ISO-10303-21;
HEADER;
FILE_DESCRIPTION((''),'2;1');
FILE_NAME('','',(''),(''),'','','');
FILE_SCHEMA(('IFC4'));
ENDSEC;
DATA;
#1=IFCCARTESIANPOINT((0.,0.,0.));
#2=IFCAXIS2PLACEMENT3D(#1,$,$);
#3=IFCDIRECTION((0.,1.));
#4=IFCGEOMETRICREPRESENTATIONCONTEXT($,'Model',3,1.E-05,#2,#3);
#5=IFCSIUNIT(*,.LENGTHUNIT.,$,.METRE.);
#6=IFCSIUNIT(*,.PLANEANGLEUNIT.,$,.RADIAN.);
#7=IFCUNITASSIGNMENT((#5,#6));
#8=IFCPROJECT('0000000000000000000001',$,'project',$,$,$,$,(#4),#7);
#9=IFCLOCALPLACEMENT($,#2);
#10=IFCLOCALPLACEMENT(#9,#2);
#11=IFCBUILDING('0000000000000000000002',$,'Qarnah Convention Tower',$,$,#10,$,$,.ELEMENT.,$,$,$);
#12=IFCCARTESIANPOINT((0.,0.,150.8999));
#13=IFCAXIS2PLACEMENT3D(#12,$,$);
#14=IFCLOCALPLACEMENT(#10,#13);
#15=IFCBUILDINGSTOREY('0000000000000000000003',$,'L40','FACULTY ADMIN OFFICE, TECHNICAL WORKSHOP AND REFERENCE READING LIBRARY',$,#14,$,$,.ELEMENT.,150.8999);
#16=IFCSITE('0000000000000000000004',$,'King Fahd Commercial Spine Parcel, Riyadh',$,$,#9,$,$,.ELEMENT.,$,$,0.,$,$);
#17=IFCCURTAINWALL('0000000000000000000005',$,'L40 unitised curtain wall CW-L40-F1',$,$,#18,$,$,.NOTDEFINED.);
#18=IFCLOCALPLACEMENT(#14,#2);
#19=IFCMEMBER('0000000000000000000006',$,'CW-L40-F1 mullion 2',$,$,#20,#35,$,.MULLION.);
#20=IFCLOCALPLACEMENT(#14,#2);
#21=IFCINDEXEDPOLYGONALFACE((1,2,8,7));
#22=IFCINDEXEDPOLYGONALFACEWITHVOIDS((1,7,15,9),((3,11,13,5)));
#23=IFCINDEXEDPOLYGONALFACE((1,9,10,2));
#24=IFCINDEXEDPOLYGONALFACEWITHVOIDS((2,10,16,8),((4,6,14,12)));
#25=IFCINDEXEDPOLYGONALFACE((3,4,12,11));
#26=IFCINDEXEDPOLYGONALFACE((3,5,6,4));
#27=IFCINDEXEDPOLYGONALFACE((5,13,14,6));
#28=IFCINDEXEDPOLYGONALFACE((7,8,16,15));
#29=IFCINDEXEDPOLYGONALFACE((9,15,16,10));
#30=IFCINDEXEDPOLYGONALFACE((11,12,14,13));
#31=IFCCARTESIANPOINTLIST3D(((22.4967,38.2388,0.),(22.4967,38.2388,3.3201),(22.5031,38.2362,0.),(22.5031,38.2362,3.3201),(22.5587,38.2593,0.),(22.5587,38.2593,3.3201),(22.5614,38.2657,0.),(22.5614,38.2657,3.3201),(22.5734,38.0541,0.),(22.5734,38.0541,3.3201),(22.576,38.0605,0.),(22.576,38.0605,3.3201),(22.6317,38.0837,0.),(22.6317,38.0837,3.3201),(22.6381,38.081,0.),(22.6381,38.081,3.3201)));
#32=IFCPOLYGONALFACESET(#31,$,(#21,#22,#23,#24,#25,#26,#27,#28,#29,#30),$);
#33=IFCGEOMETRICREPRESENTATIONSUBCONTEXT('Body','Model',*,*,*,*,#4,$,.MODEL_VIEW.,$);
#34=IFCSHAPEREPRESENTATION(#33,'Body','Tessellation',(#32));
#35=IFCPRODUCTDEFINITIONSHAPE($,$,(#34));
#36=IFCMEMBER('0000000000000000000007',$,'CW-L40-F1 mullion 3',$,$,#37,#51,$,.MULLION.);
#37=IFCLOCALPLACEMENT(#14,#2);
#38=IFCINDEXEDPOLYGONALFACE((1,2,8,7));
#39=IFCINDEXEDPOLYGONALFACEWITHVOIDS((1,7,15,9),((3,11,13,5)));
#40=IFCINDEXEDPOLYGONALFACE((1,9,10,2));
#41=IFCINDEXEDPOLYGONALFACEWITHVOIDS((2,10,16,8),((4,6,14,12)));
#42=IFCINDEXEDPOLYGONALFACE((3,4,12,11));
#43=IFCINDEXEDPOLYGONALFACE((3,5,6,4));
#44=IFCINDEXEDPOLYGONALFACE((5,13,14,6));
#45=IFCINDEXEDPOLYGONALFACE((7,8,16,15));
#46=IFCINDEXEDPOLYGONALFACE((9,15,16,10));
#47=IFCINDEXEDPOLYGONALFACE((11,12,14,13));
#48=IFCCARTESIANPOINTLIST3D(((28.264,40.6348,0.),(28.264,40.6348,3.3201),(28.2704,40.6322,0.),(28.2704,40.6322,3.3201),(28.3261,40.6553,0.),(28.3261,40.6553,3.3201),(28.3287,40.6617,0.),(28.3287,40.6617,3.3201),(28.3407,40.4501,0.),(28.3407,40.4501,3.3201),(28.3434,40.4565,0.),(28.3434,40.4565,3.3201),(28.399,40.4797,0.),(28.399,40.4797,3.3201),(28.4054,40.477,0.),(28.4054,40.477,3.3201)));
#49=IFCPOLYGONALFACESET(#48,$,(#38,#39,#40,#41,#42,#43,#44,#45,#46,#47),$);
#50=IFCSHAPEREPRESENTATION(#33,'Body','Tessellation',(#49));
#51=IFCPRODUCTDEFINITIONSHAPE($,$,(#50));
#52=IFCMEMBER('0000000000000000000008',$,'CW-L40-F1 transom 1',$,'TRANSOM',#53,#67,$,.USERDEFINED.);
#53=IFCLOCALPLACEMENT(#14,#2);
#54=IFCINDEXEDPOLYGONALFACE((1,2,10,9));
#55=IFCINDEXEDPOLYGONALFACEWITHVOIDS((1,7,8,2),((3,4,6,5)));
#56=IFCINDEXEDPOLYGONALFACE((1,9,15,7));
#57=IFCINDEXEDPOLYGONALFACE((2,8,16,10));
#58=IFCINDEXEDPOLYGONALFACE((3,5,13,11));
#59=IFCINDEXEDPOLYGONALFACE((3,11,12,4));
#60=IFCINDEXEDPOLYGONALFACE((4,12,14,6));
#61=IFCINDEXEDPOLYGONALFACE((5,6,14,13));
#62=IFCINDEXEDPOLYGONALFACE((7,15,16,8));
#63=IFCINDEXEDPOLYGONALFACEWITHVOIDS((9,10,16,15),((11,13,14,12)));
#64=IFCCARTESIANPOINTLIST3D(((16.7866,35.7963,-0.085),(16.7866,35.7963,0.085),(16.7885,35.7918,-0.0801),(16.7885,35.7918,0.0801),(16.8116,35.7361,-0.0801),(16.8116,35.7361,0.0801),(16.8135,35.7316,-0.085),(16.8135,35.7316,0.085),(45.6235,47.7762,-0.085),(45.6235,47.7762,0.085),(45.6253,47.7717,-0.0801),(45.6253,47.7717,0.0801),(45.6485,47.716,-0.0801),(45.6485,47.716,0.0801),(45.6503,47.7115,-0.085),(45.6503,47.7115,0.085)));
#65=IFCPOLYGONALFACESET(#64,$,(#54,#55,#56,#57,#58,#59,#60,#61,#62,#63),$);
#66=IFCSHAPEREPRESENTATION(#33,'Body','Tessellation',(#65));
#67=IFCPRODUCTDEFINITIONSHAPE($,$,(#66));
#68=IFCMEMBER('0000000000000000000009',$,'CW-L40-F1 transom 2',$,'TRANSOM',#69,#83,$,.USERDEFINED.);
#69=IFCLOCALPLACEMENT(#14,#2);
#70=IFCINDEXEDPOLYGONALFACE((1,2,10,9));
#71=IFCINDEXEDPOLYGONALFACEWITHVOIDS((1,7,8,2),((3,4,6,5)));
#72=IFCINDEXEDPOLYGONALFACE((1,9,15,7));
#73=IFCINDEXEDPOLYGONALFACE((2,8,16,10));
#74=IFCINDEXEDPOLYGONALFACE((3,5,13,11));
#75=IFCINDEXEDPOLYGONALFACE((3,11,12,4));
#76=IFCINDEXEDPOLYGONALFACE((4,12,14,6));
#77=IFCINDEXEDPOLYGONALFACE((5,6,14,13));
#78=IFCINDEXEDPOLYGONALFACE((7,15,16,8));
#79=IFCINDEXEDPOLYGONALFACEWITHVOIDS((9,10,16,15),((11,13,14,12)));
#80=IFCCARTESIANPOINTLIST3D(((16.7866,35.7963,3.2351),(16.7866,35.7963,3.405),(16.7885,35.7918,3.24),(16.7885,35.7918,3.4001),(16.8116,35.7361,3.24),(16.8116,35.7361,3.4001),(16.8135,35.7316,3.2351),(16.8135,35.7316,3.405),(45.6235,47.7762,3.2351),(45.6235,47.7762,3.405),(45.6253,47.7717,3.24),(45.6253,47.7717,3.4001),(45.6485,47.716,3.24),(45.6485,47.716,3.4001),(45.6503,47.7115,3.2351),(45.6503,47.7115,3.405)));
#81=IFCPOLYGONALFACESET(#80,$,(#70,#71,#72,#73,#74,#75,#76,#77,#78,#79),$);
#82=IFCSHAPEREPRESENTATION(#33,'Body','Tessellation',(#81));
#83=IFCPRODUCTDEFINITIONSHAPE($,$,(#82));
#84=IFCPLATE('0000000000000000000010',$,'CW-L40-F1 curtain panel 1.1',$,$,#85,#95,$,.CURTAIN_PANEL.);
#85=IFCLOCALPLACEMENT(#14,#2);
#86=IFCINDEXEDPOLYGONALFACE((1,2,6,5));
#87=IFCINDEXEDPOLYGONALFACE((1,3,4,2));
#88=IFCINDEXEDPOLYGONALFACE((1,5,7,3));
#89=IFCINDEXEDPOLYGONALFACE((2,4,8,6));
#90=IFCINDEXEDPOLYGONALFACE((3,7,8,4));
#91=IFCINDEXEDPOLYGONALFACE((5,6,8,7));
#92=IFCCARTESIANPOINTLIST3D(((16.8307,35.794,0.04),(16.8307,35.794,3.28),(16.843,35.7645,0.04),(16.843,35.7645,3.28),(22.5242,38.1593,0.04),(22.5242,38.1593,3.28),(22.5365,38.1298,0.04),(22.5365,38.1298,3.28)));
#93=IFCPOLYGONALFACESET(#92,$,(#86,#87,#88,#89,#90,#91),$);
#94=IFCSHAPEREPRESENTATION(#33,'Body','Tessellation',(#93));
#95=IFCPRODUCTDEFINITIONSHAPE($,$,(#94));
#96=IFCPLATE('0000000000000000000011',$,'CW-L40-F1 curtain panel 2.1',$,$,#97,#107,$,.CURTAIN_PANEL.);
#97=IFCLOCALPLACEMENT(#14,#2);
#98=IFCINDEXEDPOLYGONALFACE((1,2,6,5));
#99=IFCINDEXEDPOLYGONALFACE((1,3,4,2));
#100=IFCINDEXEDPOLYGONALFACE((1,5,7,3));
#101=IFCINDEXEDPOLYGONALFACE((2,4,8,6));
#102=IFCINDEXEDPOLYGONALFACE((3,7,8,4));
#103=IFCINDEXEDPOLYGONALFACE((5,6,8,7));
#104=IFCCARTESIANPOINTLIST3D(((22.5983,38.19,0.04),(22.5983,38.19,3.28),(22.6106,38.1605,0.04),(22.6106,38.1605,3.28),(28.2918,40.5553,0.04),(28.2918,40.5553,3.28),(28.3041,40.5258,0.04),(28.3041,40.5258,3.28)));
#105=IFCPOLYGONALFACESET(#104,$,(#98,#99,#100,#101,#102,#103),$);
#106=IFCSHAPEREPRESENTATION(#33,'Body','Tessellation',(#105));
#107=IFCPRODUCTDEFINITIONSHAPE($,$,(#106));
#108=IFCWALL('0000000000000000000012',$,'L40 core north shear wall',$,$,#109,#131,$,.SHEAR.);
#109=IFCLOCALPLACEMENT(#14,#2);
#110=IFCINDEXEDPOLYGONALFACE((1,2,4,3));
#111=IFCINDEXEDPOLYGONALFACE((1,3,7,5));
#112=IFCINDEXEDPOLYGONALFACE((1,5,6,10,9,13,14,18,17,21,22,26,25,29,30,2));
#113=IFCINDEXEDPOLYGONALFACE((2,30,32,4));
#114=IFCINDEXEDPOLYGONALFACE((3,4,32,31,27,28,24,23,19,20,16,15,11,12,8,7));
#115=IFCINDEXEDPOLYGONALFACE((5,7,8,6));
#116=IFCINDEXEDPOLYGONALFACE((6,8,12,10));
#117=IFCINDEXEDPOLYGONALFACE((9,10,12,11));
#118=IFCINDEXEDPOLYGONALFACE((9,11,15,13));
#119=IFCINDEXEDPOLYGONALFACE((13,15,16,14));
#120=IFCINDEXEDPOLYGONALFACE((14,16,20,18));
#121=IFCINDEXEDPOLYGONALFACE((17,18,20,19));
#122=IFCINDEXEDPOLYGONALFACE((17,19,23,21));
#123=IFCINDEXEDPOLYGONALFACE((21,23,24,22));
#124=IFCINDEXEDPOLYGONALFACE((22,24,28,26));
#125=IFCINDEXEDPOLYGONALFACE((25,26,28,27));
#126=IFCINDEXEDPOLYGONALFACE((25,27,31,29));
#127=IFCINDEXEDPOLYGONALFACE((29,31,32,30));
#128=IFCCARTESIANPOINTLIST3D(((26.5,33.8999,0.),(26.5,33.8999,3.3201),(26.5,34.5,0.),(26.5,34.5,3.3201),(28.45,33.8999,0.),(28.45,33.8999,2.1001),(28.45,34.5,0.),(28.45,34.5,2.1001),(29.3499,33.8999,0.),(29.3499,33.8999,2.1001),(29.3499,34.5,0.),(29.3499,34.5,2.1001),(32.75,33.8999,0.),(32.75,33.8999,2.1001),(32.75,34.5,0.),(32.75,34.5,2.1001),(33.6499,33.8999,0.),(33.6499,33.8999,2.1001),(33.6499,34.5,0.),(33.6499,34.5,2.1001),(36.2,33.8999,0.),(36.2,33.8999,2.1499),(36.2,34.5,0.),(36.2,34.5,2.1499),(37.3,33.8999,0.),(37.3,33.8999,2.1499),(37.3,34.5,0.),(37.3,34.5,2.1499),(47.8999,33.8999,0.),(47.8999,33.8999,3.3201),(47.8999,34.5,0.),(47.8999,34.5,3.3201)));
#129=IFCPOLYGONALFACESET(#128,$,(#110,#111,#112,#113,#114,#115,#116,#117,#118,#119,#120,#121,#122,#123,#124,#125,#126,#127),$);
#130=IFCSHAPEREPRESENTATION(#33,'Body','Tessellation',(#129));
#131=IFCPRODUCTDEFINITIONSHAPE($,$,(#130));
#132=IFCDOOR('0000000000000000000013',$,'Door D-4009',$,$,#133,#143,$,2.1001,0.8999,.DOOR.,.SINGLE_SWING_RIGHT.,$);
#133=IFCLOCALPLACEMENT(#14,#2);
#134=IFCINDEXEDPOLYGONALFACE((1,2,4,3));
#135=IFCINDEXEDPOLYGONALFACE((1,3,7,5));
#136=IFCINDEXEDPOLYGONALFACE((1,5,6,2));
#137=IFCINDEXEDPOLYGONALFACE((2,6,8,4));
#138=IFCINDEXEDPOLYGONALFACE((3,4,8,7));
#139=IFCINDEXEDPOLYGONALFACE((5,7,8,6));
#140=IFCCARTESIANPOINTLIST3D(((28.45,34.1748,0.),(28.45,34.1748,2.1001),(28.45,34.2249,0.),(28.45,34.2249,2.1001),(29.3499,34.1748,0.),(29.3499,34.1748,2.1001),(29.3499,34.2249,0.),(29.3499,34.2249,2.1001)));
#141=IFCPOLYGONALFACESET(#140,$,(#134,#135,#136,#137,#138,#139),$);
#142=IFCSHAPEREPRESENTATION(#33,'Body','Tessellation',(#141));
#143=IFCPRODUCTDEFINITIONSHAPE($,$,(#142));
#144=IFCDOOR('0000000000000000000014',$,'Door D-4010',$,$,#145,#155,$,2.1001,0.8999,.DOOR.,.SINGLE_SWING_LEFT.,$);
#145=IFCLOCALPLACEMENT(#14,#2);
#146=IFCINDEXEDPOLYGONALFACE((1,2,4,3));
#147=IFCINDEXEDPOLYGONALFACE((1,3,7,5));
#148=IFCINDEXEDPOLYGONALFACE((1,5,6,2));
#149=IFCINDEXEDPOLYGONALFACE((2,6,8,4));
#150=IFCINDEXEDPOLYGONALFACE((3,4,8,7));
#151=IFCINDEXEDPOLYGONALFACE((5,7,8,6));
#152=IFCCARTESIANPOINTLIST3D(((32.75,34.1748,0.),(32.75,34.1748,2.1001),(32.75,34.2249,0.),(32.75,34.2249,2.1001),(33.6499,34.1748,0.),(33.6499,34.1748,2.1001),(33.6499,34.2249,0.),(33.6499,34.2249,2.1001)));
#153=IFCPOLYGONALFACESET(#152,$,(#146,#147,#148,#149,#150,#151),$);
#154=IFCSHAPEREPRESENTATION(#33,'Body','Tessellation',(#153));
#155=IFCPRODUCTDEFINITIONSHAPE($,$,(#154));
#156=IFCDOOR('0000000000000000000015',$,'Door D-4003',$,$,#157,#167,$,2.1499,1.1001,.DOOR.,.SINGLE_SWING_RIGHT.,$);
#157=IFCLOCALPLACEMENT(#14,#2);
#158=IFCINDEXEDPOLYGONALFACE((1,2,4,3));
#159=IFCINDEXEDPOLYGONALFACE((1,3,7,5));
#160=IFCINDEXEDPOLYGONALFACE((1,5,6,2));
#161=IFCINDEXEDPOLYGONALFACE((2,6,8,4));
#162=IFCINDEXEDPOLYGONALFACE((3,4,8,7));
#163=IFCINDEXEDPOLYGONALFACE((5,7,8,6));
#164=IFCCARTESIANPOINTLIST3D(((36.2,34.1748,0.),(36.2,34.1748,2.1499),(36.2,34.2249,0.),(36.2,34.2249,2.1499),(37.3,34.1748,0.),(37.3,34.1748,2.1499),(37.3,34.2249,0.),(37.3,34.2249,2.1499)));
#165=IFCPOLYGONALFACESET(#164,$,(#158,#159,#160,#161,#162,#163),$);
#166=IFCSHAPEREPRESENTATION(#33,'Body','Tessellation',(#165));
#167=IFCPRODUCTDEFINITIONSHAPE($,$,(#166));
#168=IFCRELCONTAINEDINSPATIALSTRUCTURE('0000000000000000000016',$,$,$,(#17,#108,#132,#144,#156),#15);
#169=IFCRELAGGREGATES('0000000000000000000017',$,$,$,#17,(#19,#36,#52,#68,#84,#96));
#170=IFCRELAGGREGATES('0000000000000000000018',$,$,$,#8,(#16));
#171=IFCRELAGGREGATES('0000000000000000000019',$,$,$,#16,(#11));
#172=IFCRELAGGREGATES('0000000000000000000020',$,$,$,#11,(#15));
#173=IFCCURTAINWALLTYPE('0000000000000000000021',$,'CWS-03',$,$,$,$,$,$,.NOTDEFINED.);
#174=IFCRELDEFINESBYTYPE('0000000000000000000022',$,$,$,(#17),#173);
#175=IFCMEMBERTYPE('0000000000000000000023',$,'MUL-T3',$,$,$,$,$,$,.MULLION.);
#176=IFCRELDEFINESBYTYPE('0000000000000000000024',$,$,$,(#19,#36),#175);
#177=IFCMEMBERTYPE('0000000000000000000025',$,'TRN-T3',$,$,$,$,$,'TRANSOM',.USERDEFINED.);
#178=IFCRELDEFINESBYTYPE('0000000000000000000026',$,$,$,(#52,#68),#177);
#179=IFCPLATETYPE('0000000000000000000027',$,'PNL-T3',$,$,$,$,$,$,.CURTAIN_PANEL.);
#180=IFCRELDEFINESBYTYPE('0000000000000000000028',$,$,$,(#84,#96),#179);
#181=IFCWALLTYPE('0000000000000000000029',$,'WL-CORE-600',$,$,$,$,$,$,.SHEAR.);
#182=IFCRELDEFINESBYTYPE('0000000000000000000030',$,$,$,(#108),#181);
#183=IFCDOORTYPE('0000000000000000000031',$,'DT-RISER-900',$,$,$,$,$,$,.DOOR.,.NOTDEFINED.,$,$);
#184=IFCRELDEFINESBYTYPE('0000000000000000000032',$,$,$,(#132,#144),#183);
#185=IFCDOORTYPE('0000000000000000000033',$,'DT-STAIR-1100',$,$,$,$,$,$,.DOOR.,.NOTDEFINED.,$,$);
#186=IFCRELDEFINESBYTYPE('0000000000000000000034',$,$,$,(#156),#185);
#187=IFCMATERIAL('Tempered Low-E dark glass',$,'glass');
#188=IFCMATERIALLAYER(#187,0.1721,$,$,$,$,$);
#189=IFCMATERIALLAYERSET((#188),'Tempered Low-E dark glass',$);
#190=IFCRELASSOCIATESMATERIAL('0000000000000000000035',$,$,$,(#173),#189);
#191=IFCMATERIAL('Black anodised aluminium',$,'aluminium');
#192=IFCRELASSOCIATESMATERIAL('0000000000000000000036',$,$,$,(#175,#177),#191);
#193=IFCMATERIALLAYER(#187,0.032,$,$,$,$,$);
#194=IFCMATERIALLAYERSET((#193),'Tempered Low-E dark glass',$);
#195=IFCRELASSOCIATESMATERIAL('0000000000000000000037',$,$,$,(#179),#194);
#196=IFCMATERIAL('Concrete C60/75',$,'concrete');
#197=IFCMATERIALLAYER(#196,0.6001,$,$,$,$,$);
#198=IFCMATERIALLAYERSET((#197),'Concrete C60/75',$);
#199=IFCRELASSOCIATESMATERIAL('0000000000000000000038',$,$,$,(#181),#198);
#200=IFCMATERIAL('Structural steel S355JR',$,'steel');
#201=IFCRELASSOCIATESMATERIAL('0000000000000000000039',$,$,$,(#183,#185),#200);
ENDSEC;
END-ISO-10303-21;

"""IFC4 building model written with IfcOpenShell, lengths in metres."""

from ifc_helpers import new_model, si_unit, direction, frame, frame_2d, origin, origin_2d, place, context, subcontext, project, spatial, rectangle, hollow_rectangle, extrude, material, layer, layer_set, material_profile, profile_set, type_object, element, fill, aggregate, save


model = new_model("IFC4")

# Units and contexts
model_context = context("Model", 3, precision=1e-05, world=origin(), true_north=direction((0.0, 1.0)))
body_context = subcontext(model_context, "Body", "Model", "MODEL_VIEW")
ifc_project = project(units=[si_unit("LENGTHUNIT", "METRE"), si_unit("PLANEANGLEUNIT", "RADIAN")], contexts=[model_context])

# Site, building, storey
site_placement = place(None, origin())
site = spatial("IfcSite", under=ifc_project, at=site_placement, Name="King Fahd Commercial Spine Parcel, Riyadh", CompositionType="ELEMENT", RefElevation=0.0)
building_placement = place(site_placement, origin())
building = spatial("IfcBuilding", under=site, at=building_placement, Name="Qarnah Convention Tower", CompositionType="ELEMENT")
storey_placement = place(building_placement, frame((0.0, 0.0, 150.8999)))
storey = spatial("IfcBuildingStorey", under=building, at=storey_placement, Name="L40", Description="FACULTY ADMIN OFFICE, TECHNICAL WORKSHOP AND REFERENCE READING LIBRARY", CompositionType="ELEMENT", Elevation=150.8999)

# Shared definitions
ifc_material_1 = material(Name="Concrete C60/75", Category="concrete")

# Shared definitions
ifc_material_2 = material(Name="Structural steel S355JR", Category="steel")

# Curtain wall, members, plates
ifc_material_3 = material(Name="Tempered Low-E dark glass", Category="glass")
ifc_layer_1 = layer(ifc_material_3, 0.1721)
ifc_layer_set_1 = layer_set([ifc_layer_1], Name="Tempered Low-E dark glass")
curtain_wall_type = type_object("IfcCurtainWallType", Name="CWS-03", PredefinedType="NOTDEFINED", material=ifc_layer_set_1)
curtain_wall_placement = place(storey_placement, origin())
curtain_wall = element("IfcCurtainWall", 1, at=curtain_wall_placement, inside=storey, type_object=curtain_wall_type, Name="L40 unitised curtain wall CW-L40-F1", PredefinedType="NOTDEFINED")
ifc_material_4 = material(Name="Black anodised aluminium", Category="aluminium")
ifc_material_profile_1 = material_profile(ifc_material_4, hollow_rectangle(XDim=0.0701, YDim=0.2, WallThickness=0.0049, at=origin_2d()), Name="MUL-70X200")
ifc_profile_set_1 = profile_set([ifc_material_profile_1], Name="Black anodised aluminium")
member_type_1 = type_object("IfcMemberType", Name="MUL-T3", PredefinedType="MULLION", material=ifc_profile_set_1)
member_1_placement = place(storey_placement, frame((22.5674, 38.1599, 0.0), z_axis=(0.0, 0.0, 1.0), x_axis=(0.923479, 0.383649, 0.0)))
member_1 = element("IfcMember", 2, at=member_1_placement, type_object=member_type_1, Name="CW-L40-F1 mullion 2", PredefinedType="MULLION", context=body_context, shape_type="SweptSolid", body=[
    extrude(hollow_rectangle(XDim=0.0701, YDim=0.2, WallThickness=0.0049, at=origin_2d()), origin(), (0.0, 0.0, 1.0), 3.3201),
])
member_2_placement = place(storey_placement, frame((28.3347, 40.5559, 0.0), z_axis=(0.0, 0.0, 1.0), x_axis=(0.923479, 0.383649, 0.0)))
member_2 = element("IfcMember", 3, at=member_2_placement, type_object=member_type_1, Name="CW-L40-F1 mullion 3", PredefinedType="MULLION", context=body_context, shape_type="SweptSolid", body=[
    extrude(hollow_rectangle(XDim=0.0701, YDim=0.2, WallThickness=0.0049, at=origin_2d()), origin(), (0.0, 0.0, 1.0), 3.3201),
])
ifc_material_profile_2 = material_profile(ifc_material_4, hollow_rectangle(XDim=0.0701, YDim=0.1699, WallThickness=0.0049, at=origin_2d()), Name="TRN-70X170")
ifc_profile_set_2 = profile_set([ifc_material_profile_2], Name="Black anodised aluminium")
member_type_2 = type_object("IfcMemberType", Name="TRN-T3", ElementType="TRANSOM", PredefinedType="USERDEFINED", material=ifc_profile_set_2)
member_3_placement = place(storey_placement, frame((16.8, 35.7639, 0.0), z_axis=(0.923479, 0.383649, 0.0), x_axis=(-0.383649, 0.923479, 0.0)))
member_3 = element("IfcMember", 4, at=member_3_placement, type_object=member_type_2, Name="CW-L40-F1 transom 1", ObjectType="TRANSOM", PredefinedType="USERDEFINED", context=body_context, shape_type="SweptSolid", body=[
    extrude(hollow_rectangle(XDim=0.0701, YDim=0.1699, WallThickness=0.0049, at=origin_2d()), origin(), (0.0, 0.0, 1.0), 31.2263),
])
member_4_placement = place(storey_placement, frame((16.8, 35.7639, 3.3201), z_axis=(0.923479, 0.383649, 0.0), x_axis=(-0.383649, 0.923479, 0.0)))
member_4 = element("IfcMember", 5, at=member_4_placement, type_object=member_type_2, Name="CW-L40-F1 transom 2", ObjectType="TRANSOM", PredefinedType="USERDEFINED", context=body_context, shape_type="SweptSolid", body=[
    extrude(hollow_rectangle(XDim=0.0701, YDim=0.1699, WallThickness=0.0049, at=origin_2d()), origin(), (0.0, 0.0, 1.0), 31.2263),
])
ifc_layer_2 = layer(ifc_material_3, 0.032)
ifc_layer_set_2 = layer_set([ifc_layer_2], Name="Tempered Low-E dark glass")
plate_type = type_object("IfcPlateType", Name="PNL-T3", PredefinedType="CURTAIN_PANEL", material=ifc_layer_set_2)
plate_1_placement = place(storey_placement, frame((19.6836, 36.9619, 0.04), z_axis=(0.0, 0.0, 1.0), x_axis=(0.923479, 0.383649, 0.0)))
plate_1 = element("IfcPlate", 6, at=plate_1_placement, type_object=plate_type, Name="CW-L40-F1 curtain panel 1.1", PredefinedType="CURTAIN_PANEL", context=body_context, shape_type="SweptSolid", body=[
    extrude(rectangle(XDim=6.1653, YDim=0.032, at=origin_2d()), origin(), (0.0, 0.0, 1.0), 3.24),
])
plate_2_placement = place(storey_placement, frame((25.4512, 39.3579, 0.04), z_axis=(0.0, 0.0, 1.0), x_axis=(0.923479, 0.383649, 0.0)))
plate_2 = element("IfcPlate", 7, at=plate_2_placement, type_object=plate_type, Name="CW-L40-F1 curtain panel 2.1", PredefinedType="CURTAIN_PANEL", context=body_context, shape_type="SweptSolid", body=[
    extrude(rectangle(XDim=6.1653, YDim=0.032, at=origin_2d()), origin(), (0.0, 0.0, 1.0), 3.24),
])
aggregate(curtain_wall, [member_1, member_2, member_3, member_4, plate_1, plate_2])

# Wall, openings, doors
ifc_layer_3 = layer(ifc_material_1, 0.6001)
ifc_layer_set_3 = layer_set([ifc_layer_3], Name="Concrete C60/75")
wall_type_1 = type_object("IfcWallType", Name="WL-CORE-600", PredefinedType="SHEAR", material=ifc_layer_set_3)
wall_1_placement = place(storey_placement, frame((26.5, 34.2, 0.0), z_axis=(0.0, 0.0, 1.0), x_axis=(1.0, 0.0, 0.0)))
wall_1 = element("IfcWall", 8, at=wall_1_placement, inside=storey, type_object=wall_type_1, Name="L40 core north shear wall", PredefinedType="SHEAR", context=body_context, shape_type="SweptSolid", body=[
    extrude(rectangle(XDim=21.3999, YDim=0.6001, at=frame_2d((10.7, 0.0))), origin(), (0.0, 0.0, 1.0), 3.3201),
])
opening_1_placement = place(wall_1_placement, frame((9.7, 0.0, 0.0)))
opening_1 = element("IfcOpeningElement", 9, at=opening_1_placement, cuts=wall_1, PredefinedType="OPENING", context=body_context, shape_type="SweptSolid", body=[
    extrude(rectangle(XDim=1.1001, YDim=2.1499, at=frame_2d((0.55, 1.075))), frame((0.0, 0.3101, 0.0), z_axis=(0.0, -1.0, 0.0), x_axis=(1.0, 0.0, 0.0)), (0.0, 0.0, 1.0), 0.6201),
])
opening_2_placement = place(wall_1_placement, frame((1.95, 0.0, 0.0)))
opening_2 = element("IfcOpeningElement", 10, at=opening_2_placement, cuts=wall_1, PredefinedType="OPENING", context=body_context, shape_type="SweptSolid", body=[
    extrude(rectangle(XDim=0.8999, YDim=2.1001, at=frame_2d((0.45, 1.05))), frame((0.0, 0.3101, 0.0), z_axis=(0.0, -1.0, 0.0), x_axis=(1.0, 0.0, 0.0)), (0.0, 0.0, 1.0), 0.6201),
])
opening_3_placement = place(wall_1_placement, frame((6.25, 0.0, 0.0)))
opening_3 = element("IfcOpeningElement", 11, at=opening_3_placement, cuts=wall_1, PredefinedType="OPENING", context=body_context, shape_type="SweptSolid", body=[
    extrude(rectangle(XDim=0.8999, YDim=2.1001, at=frame_2d((0.45, 1.05))), frame((0.0, 0.3101, 0.0), z_axis=(0.0, -1.0, 0.0), x_axis=(1.0, 0.0, 0.0)), (0.0, 0.0, 1.0), 0.6201),
])
door_type_1 = type_object("IfcDoorType", Name="DT-RISER-900", OperationType="NOTDEFINED", PredefinedType="DOOR", material=ifc_material_2)
door_1_placement = place(opening_2_placement, origin())
door_1 = element("IfcDoor", 12, at=door_1_placement, inside=storey, type_object=door_type_1, Name="Door D-4009", OperationType="SINGLE_SWING_RIGHT", OverallHeight=2.1001, OverallWidth=0.8999, PredefinedType="DOOR", context=body_context, shape_type="SweptSolid", body=[
    extrude(rectangle(XDim=0.8999, YDim=2.1001, at=frame_2d((0.45, 1.05))), frame((0.0, 0.0249, 0.0), z_axis=(0.0, -1.0, 0.0), x_axis=(1.0, 0.0, 0.0)), (0.0, 0.0, 1.0), 0.05),
])
fill(opening_2, door_1)
door_2_placement = place(opening_3_placement, origin())
door_2 = element("IfcDoor", 13, at=door_2_placement, inside=storey, type_object=door_type_1, Name="Door D-4010", OperationType="SINGLE_SWING_LEFT", OverallHeight=2.1001, OverallWidth=0.8999, PredefinedType="DOOR", context=body_context, shape_type="SweptSolid", body=[
    extrude(rectangle(XDim=0.8999, YDim=2.1001, at=frame_2d((0.45, 1.05))), frame((0.0, 0.0249, 0.0), z_axis=(0.0, -1.0, 0.0), x_axis=(1.0, 0.0, 0.0)), (0.0, 0.0, 1.0), 0.05),
])
fill(opening_3, door_2)
door_type_2 = type_object("IfcDoorType", Name="DT-STAIR-1100", OperationType="NOTDEFINED", PredefinedType="DOOR", material=ifc_material_2)
door_3_placement = place(opening_1_placement, origin())
door_3 = element("IfcDoor", 14, at=door_3_placement, inside=storey, type_object=door_type_2, Name="Door D-4003", OperationType="SINGLE_SWING_RIGHT", OverallHeight=2.1499, OverallWidth=1.1001, PredefinedType="DOOR", context=body_context, shape_type="SweptSolid", body=[
    extrude(rectangle(XDim=1.1001, YDim=2.1499, at=frame_2d((0.55, 1.075))), frame((0.0, 0.0249, 0.0), z_axis=(0.0, -1.0, 0.0), x_axis=(1.0, 0.0, 0.0)), (0.0, 0.0, 1.0), 0.05),
])
fill(opening_1, door_3)

save(model, "model.ifc")
